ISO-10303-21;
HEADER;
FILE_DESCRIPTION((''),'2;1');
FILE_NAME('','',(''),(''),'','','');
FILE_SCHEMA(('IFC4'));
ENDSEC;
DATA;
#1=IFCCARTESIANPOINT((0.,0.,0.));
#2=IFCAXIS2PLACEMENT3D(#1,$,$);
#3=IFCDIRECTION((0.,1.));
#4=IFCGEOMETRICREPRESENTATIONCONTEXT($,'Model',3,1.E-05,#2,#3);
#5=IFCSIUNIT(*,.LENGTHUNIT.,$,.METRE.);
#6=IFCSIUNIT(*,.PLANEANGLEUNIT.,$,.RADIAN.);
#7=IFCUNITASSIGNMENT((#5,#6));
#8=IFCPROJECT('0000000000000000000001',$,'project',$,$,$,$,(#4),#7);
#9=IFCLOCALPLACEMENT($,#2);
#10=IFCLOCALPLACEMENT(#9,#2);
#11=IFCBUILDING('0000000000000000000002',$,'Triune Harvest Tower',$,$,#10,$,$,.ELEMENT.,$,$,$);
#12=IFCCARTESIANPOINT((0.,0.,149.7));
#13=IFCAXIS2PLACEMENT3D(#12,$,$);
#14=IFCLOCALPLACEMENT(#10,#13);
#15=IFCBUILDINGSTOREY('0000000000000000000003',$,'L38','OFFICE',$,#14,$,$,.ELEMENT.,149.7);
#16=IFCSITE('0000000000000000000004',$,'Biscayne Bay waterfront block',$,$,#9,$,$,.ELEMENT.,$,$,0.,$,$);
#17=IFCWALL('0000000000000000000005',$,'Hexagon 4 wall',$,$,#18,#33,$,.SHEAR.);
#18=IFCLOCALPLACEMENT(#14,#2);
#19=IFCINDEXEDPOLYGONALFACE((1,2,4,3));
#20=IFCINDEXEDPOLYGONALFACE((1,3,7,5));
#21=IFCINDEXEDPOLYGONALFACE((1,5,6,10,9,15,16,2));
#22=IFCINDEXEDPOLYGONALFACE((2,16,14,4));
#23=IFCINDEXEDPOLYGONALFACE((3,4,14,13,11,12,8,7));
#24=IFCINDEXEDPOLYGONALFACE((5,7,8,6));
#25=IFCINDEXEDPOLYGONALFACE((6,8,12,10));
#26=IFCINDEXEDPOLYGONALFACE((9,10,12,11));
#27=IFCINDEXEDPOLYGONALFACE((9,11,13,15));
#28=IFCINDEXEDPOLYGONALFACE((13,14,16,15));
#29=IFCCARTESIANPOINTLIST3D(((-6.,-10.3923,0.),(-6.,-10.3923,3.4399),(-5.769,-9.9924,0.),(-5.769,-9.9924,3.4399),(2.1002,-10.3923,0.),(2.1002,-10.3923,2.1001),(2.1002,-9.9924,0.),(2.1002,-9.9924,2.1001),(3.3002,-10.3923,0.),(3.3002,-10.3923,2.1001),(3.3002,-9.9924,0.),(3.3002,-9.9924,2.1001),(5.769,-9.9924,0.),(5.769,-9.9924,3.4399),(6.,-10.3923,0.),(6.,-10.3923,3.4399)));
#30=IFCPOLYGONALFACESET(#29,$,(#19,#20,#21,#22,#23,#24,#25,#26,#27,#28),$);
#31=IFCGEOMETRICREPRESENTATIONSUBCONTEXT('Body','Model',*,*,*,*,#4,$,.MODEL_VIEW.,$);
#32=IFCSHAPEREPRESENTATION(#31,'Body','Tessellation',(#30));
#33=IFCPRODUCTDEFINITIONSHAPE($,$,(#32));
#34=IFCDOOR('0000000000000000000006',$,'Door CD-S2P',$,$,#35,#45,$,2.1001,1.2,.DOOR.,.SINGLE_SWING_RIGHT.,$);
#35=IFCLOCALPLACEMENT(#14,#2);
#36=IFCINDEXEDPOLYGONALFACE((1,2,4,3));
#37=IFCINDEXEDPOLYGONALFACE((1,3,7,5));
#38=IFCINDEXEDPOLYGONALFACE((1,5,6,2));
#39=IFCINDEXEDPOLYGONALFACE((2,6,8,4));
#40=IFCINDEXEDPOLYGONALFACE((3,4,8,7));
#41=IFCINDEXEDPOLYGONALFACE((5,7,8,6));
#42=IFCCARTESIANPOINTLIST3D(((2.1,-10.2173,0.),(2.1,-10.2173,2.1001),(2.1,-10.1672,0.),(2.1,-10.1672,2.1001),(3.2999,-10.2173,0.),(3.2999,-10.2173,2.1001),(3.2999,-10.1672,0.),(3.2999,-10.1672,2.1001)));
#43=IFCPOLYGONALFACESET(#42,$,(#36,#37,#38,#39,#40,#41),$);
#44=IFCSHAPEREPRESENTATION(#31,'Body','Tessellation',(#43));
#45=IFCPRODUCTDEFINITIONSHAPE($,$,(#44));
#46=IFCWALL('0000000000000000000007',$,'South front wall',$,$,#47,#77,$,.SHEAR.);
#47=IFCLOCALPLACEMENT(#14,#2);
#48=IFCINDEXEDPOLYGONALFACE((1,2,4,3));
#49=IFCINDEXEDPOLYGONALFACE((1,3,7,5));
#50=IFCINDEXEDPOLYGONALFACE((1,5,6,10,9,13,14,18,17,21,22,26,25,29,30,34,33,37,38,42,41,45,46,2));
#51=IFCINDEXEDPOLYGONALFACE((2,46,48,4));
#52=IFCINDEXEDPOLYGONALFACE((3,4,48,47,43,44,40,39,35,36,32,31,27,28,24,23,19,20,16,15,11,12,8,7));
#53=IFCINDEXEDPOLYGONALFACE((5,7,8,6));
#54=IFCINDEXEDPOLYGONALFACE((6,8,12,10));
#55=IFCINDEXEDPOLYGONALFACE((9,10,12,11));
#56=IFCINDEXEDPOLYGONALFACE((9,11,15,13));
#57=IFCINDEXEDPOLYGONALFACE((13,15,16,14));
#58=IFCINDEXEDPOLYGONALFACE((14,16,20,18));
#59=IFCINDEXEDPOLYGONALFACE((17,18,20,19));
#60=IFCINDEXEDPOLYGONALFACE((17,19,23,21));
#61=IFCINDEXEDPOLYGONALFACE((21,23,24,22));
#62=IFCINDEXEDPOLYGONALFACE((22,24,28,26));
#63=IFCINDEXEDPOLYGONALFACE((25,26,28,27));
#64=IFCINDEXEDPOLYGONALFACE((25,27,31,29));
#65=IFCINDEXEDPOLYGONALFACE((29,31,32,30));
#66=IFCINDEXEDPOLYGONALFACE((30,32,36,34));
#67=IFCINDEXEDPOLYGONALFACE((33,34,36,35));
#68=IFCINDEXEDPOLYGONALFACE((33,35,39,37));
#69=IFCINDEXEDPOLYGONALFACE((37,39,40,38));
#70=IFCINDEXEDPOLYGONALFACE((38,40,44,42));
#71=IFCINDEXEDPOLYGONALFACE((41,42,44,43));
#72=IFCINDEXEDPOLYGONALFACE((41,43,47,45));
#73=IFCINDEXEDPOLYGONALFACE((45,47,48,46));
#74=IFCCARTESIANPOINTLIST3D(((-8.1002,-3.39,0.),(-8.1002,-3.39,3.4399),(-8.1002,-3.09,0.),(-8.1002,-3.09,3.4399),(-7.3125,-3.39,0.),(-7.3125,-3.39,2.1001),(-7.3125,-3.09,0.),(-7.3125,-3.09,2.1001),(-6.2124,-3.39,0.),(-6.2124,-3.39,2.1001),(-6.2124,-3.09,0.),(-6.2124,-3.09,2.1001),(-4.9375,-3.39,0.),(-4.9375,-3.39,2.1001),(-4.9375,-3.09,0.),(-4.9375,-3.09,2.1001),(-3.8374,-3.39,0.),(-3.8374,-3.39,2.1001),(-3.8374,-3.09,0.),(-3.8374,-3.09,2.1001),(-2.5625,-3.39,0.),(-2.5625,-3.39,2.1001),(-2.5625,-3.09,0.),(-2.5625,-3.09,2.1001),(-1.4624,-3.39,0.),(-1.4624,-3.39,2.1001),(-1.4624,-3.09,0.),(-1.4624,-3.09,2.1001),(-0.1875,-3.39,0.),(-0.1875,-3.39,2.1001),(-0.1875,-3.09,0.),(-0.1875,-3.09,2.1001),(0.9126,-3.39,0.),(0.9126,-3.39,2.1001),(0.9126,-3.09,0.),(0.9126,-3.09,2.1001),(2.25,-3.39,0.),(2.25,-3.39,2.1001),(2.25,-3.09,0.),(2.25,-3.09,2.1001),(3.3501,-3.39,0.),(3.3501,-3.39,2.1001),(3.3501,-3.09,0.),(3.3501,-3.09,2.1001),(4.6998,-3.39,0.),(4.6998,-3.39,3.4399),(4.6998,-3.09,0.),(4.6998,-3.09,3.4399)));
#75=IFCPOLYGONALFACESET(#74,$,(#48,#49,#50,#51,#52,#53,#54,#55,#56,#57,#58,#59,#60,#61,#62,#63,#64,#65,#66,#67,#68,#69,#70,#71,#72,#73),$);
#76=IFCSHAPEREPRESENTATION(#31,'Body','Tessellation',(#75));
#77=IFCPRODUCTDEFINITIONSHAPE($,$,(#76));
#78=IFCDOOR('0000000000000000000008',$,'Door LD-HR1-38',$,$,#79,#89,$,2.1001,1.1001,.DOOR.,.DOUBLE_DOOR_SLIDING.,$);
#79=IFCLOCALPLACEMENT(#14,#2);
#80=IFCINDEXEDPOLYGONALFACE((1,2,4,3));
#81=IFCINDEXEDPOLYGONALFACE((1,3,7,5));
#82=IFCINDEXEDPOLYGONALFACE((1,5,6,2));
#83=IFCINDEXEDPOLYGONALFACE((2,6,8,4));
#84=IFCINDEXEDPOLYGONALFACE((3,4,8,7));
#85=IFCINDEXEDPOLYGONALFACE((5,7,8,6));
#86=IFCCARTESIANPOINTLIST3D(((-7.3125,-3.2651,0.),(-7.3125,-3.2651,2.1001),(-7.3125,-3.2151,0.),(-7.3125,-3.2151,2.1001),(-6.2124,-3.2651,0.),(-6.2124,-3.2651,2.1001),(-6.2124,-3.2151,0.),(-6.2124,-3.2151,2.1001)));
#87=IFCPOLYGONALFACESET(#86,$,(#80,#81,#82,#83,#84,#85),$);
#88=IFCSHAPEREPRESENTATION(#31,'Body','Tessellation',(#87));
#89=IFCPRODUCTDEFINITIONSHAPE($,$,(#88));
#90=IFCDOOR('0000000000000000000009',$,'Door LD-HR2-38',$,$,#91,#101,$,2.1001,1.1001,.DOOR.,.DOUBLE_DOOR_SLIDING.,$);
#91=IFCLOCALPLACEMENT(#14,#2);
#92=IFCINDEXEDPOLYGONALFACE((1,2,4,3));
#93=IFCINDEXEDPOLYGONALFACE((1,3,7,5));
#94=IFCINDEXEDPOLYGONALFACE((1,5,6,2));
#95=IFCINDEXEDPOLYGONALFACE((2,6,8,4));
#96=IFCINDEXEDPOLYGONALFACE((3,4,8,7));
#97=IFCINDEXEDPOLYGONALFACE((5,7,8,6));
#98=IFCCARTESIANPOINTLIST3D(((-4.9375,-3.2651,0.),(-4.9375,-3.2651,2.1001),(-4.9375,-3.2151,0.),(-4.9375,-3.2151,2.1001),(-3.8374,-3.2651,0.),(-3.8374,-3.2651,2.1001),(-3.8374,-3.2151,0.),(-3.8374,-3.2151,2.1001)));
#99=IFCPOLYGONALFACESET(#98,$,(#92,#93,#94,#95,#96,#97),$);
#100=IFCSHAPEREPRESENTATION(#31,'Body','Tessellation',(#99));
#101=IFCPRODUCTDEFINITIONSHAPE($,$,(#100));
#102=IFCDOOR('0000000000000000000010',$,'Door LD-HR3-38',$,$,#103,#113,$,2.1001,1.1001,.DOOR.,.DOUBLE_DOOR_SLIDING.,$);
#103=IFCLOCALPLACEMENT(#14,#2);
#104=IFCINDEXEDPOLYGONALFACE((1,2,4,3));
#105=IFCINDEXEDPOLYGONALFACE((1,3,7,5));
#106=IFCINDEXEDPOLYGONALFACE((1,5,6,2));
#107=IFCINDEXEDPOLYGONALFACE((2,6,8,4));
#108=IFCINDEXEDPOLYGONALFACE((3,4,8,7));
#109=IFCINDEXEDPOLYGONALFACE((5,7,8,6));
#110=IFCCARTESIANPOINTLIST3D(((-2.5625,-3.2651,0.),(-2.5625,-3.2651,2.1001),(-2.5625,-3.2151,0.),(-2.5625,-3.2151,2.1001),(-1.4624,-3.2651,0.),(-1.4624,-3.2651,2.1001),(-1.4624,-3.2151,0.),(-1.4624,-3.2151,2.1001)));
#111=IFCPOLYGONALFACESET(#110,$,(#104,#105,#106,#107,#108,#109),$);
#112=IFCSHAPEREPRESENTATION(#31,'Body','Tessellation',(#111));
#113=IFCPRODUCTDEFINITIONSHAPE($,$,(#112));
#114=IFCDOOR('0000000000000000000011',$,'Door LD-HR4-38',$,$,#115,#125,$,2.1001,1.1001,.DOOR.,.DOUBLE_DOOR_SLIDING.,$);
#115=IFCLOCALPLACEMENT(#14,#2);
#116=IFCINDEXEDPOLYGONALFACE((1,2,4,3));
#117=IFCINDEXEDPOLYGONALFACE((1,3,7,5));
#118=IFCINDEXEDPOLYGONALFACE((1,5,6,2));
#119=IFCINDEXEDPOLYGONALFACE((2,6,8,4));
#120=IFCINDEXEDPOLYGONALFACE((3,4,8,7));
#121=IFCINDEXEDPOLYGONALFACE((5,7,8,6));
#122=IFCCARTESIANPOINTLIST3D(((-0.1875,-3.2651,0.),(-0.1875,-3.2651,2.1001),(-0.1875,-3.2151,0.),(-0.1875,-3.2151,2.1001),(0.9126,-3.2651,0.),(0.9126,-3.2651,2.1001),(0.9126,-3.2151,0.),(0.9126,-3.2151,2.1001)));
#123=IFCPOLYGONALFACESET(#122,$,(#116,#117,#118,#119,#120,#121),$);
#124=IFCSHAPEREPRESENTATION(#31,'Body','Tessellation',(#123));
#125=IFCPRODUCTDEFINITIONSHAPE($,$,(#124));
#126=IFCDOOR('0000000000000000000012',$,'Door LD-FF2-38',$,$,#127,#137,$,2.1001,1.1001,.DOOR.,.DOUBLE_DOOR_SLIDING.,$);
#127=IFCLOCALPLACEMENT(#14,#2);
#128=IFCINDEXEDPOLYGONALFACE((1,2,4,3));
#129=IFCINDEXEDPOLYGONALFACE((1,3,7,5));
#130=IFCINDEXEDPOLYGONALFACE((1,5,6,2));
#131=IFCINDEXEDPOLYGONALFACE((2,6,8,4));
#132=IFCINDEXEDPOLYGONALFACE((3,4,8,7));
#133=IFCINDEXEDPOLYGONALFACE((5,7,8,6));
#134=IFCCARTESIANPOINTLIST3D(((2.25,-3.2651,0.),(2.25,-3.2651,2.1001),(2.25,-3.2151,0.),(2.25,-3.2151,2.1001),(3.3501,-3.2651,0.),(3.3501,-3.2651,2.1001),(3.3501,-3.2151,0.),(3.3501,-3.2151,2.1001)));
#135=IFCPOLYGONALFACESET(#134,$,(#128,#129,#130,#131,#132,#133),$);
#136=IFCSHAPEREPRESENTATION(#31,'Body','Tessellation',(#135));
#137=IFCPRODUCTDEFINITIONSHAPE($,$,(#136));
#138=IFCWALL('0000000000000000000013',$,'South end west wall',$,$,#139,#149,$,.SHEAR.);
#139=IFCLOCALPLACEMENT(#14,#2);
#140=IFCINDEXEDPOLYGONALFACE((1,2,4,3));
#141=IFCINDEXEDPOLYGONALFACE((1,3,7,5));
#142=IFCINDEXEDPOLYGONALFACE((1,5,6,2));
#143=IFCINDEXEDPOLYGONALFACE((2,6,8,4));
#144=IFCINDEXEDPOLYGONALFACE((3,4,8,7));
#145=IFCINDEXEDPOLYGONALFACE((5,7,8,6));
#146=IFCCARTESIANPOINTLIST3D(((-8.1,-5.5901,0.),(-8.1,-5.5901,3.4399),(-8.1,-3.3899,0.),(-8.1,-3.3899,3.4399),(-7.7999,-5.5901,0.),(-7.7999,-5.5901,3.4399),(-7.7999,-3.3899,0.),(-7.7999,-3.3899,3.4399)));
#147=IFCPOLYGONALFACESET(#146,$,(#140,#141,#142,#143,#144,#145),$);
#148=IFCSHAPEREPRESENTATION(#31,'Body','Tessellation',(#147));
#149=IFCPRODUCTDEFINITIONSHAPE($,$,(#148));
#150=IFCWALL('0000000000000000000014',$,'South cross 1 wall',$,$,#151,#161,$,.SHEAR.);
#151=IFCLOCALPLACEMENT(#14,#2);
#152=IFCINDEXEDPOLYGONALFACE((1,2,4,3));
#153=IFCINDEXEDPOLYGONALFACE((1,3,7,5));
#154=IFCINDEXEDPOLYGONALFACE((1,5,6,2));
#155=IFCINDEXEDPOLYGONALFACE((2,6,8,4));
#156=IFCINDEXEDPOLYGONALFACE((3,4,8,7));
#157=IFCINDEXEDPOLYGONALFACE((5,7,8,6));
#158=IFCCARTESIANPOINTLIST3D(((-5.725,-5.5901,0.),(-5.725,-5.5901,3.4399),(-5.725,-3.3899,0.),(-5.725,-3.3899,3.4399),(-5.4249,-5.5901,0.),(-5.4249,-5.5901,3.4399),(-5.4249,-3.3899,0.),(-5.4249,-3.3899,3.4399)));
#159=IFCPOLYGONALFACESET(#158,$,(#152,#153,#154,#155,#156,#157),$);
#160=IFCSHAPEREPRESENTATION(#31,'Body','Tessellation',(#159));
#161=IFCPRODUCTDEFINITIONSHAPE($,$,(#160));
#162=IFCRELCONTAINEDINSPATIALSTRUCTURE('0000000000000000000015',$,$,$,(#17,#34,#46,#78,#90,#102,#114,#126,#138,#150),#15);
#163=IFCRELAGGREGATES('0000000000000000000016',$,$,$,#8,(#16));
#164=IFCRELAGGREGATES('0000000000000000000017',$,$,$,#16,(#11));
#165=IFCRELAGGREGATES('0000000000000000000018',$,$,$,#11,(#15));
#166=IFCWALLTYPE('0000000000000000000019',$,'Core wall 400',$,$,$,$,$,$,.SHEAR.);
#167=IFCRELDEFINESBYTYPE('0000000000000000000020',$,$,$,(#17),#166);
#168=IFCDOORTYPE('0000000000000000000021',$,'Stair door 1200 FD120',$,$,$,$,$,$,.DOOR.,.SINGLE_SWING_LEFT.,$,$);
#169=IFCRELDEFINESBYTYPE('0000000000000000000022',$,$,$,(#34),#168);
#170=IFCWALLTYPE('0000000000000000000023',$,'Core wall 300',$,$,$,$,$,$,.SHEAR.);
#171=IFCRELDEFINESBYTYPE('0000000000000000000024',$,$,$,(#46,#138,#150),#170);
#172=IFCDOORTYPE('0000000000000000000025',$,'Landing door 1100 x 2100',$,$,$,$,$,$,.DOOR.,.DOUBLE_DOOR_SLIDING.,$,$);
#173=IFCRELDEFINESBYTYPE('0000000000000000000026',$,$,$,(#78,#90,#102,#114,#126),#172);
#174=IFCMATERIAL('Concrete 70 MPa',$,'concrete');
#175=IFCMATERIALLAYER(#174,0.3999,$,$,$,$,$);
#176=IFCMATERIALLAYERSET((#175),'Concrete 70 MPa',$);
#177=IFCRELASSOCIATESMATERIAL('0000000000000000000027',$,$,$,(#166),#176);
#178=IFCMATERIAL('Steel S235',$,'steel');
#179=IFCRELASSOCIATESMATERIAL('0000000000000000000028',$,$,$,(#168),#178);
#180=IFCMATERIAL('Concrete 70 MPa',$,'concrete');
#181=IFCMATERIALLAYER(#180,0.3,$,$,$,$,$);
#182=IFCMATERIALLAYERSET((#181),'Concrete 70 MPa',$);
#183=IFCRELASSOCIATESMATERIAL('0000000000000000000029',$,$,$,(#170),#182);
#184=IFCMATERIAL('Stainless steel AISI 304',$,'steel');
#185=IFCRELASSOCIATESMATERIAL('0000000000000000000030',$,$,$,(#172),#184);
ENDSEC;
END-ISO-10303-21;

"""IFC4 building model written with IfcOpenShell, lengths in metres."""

from ifc_helpers import new_model, si_unit, direction, frame, frame_2d, origin, place, context, subcontext, project, spatial, polyline, rectangle, outline, extrude, source, transform, mapped, material, layer, layer_set, type_object, element, fill, save


model = new_model("IFC4")

# Units and contexts
model_context = context("Model", 3, precision=1e-05, world=origin(), true_north=direction((0.0, 1.0)))
body_context = subcontext(model_context, "Body", "Model", "MODEL_VIEW")
ifc_project = project(units=[si_unit("LENGTHUNIT", "METRE"), si_unit("PLANEANGLEUNIT", "RADIAN")], contexts=[model_context])

# Site, building, storey
site_placement = place(None, origin())
site = spatial("IfcSite", under=ifc_project, at=site_placement, Name="Biscayne Bay waterfront block", CompositionType="ELEMENT", RefElevation=0.0)
building_placement = place(site_placement, origin())
building = spatial("IfcBuilding", under=site, at=building_placement, Name="Triune Harvest Tower", CompositionType="ELEMENT")
storey_placement = place(building_placement, frame((0.0, 0.0, 149.7)))
storey = spatial("IfcBuildingStorey", under=building, at=storey_placement, Name="L38", Description="OFFICE", CompositionType="ELEMENT", Elevation=149.7)

# Wall, opening, door
ifc_material_1 = material(Name="Concrete 70 MPa", Category="concrete")
ifc_layer_1 = layer(ifc_material_1, 0.3999)
ifc_layer_set_1 = layer_set([ifc_layer_1], Name="Concrete 70 MPa")
wall_type_1 = type_object("IfcWallType", Name="Core wall 400", PredefinedType="SHEAR", material=ifc_layer_set_1)
shared_shape_1 = source(origin(), body_context, "Body", "SweptSolid", [
    extrude(outline(polyline([(-0.1155, -0.2), (11.8845, -0.2), (11.6536, 0.2), (0.1155, 0.2), (-0.1155, -0.2)])), origin(), (0.0, 0.0, 1.0), 3.4399),
])
wall_1_placement = place(storey_placement, frame((-5.8845, -10.1924, 0.0), z_axis=(0.0, 0.0, 1.0), x_axis=(1.0, 0.0, 0.0)))
wall_1 = element("IfcWall", 1, at=wall_1_placement, inside=storey, type_object=wall_type_1, Name="Hexagon 4 wall", PredefinedType="SHEAR", context=body_context, shape_type="MappedRepresentation", body=[
    mapped(shared_shape_1, transform((0.0, 0.0, 0.0), scale=1.0)),
])
opening_1_placement = place(wall_1_placement, frame((7.9846, 0.0, 0.0)))
opening_1 = element("IfcOpeningElement", 2, at=opening_1_placement, cuts=wall_1, PredefinedType="OPENING", context=body_context, shape_type="SweptSolid", body=[
    extrude(rectangle(XDim=1.2, YDim=2.1001, at=frame_2d((0.6001, 1.05))), frame((0.0, 0.21, 0.0), z_axis=(0.0, -1.0, 0.0), x_axis=(1.0, 0.0, 0.0)), (0.0, 0.0, 1.0), 0.4199),
])
ifc_material_2 = material(Name="Steel S235", Category="steel")
door_type_1 = type_object("IfcDoorType", Name="Stair door 1200 FD120", OperationType="SINGLE_SWING_LEFT", PredefinedType="DOOR", material=ifc_material_2)
door_1_placement = place(opening_1_placement, frame((1.2, 0.0, 0.0), z_axis=(0.0, 0.0, 1.0), x_axis=(-1.0, 0.0, 0.0)))
door_1 = element("IfcDoor", 3, at=door_1_placement, inside=storey, type_object=door_type_1, Name="Door CD-S2P", OperationType="SINGLE_SWING_RIGHT", OverallHeight=2.1001, OverallWidth=1.2, PredefinedType="DOOR", context=body_context, shape_type="SweptSolid", body=[
    extrude(rectangle(XDim=1.2, YDim=2.1001, at=frame_2d((0.6001, 1.05))), frame((0.0, 0.0249, 0.0), z_axis=(0.0, -1.0, 0.0), x_axis=(1.0, 0.0, 0.0)), (0.0, 0.0, 1.0), 0.05),
])
fill(opening_1, door_1)

# Wall, openings, doors
ifc_material_3 = material(Name="Concrete 70 MPa", Category="concrete")
ifc_layer_2 = layer(ifc_material_3, 0.3)
ifc_layer_set_2 = layer_set([ifc_layer_2], Name="Concrete 70 MPa")
wall_type_2 = type_object("IfcWallType", Name="Core wall 300", PredefinedType="SHEAR", material=ifc_layer_set_2)
shared_shape_2 = source(origin(), body_context, "Body", "SweptSolid", [
    extrude(rectangle(XDim=12.8, YDim=0.3, at=frame_2d((6.3999, 0.0))), origin(), (0.0, 0.0, 1.0), 3.4399),
])
wall_2_placement = place(storey_placement, frame((-8.1001, -3.24, 0.0), z_axis=(0.0, 0.0, 1.0), x_axis=(1.0, 0.0, 0.0)))
wall_2 = element("IfcWall", 4, at=wall_2_placement, inside=storey, type_object=wall_type_2, Name="South front wall", PredefinedType="SHEAR", context=body_context, shape_type="MappedRepresentation", body=[
    mapped(shared_shape_2, transform((0.0, 0.0, 0.0), scale=1.0)),
])
opening_2_placement = place(wall_2_placement, frame((0.7876, 0.0, 0.0)))
opening_2 = element("IfcOpeningElement", 5, at=opening_2_placement, cuts=wall_2, PredefinedType="OPENING", context=body_context, shape_type="SweptSolid", body=[
    extrude(rectangle(XDim=1.1001, YDim=2.1001, at=frame_2d((0.55, 1.05))), frame((0.0, 0.1602, 0.0), z_axis=(0.0, -1.0, 0.0), x_axis=(1.0, 0.0, 0.0)), (0.0, 0.0, 1.0), 0.3201),
])
opening_3_placement = place(wall_2_placement, frame((3.1626, 0.0, 0.0)))
opening_3 = element("IfcOpeningElement", 6, at=opening_3_placement, cuts=wall_2, PredefinedType="OPENING", context=body_context, shape_type="SweptSolid", body=[
    extrude(rectangle(XDim=1.1001, YDim=2.1001, at=frame_2d((0.55, 1.05))), frame((0.0, 0.1602, 0.0), z_axis=(0.0, -1.0, 0.0), x_axis=(1.0, 0.0, 0.0)), (0.0, 0.0, 1.0), 0.3201),
])
opening_4_placement = place(wall_2_placement, frame((5.5376, 0.0, 0.0)))
opening_4 = element("IfcOpeningElement", 7, at=opening_4_placement, cuts=wall_2, PredefinedType="OPENING", context=body_context, shape_type="SweptSolid", body=[
    extrude(rectangle(XDim=1.1001, YDim=2.1001, at=frame_2d((0.55, 1.05))), frame((0.0, 0.1602, 0.0), z_axis=(0.0, -1.0, 0.0), x_axis=(1.0, 0.0, 0.0)), (0.0, 0.0, 1.0), 0.3201),
])
opening_5_placement = place(wall_2_placement, frame((7.9126, 0.0, 0.0)))
opening_5 = element("IfcOpeningElement", 8, at=opening_5_placement, cuts=wall_2, PredefinedType="OPENING", context=body_context, shape_type="SweptSolid", body=[
    extrude(rectangle(XDim=1.1001, YDim=2.1001, at=frame_2d((0.55, 1.05))), frame((0.0, 0.1602, 0.0), z_axis=(0.0, -1.0, 0.0), x_axis=(1.0, 0.0, 0.0)), (0.0, 0.0, 1.0), 0.3201),
])
opening_6_placement = place(wall_2_placement, frame((10.3501, 0.0, 0.0)))
opening_6 = element("IfcOpeningElement", 9, at=opening_6_placement, cuts=wall_2, PredefinedType="OPENING", context=body_context, shape_type="SweptSolid", body=[
    extrude(rectangle(XDim=1.1001, YDim=2.1001, at=frame_2d((0.55, 1.05))), frame((0.0, 0.1602, 0.0), z_axis=(0.0, -1.0, 0.0), x_axis=(1.0, 0.0, 0.0)), (0.0, 0.0, 1.0), 0.3201),
])
ifc_material_4 = material(Name="Stainless steel AISI 304", Category="steel")
door_type_2 = type_object("IfcDoorType", Name="Landing door 1100 x 2100", OperationType="DOUBLE_DOOR_SLIDING", PredefinedType="DOOR", material=ifc_material_4)
door_2_placement = place(opening_2_placement, origin())
door_2 = element("IfcDoor", 10, at=door_2_placement, inside=storey, type_object=door_type_2, Name="Door LD-HR1-38", OperationType="DOUBLE_DOOR_SLIDING", OverallHeight=2.1001, OverallWidth=1.1001, PredefinedType="DOOR", context=body_context, shape_type="SweptSolid", body=[
    extrude(rectangle(XDim=1.1001, YDim=2.1001, at=frame_2d((0.55, 1.05))), frame((0.0, 0.0249, 0.0), z_axis=(0.0, -1.0, 0.0), x_axis=(1.0, 0.0, 0.0)), (0.0, 0.0, 1.0), 0.05),
])
fill(opening_2, door_2)
door_3_placement = place(opening_3_placement, origin())
door_3 = element("IfcDoor", 11, at=door_3_placement, inside=storey, type_object=door_type_2, Name="Door LD-HR2-38", OperationType="DOUBLE_DOOR_SLIDING", OverallHeight=2.1001, OverallWidth=1.1001, PredefinedType="DOOR", context=body_context, shape_type="SweptSolid", body=[
    extrude(rectangle(XDim=1.1001, YDim=2.1001, at=frame_2d((0.55, 1.05))), frame((0.0, 0.0249, 0.0), z_axis=(0.0, -1.0, 0.0), x_axis=(1.0, 0.0, 0.0)), (0.0, 0.0, 1.0), 0.05),
])
fill(opening_3, door_3)
door_4_placement = place(opening_4_placement, origin())
door_4 = element("IfcDoor", 12, at=door_4_placement, inside=storey, type_object=door_type_2, Name="Door LD-HR3-38", OperationType="DOUBLE_DOOR_SLIDING", OverallHeight=2.1001, OverallWidth=1.1001, PredefinedType="DOOR", context=body_context, shape_type="SweptSolid", body=[
    extrude(rectangle(XDim=1.1001, YDim=2.1001, at=frame_2d((0.55, 1.05))), frame((0.0, 0.0249, 0.0), z_axis=(0.0, -1.0, 0.0), x_axis=(1.0, 0.0, 0.0)), (0.0, 0.0, 1.0), 0.05),
])
fill(opening_4, door_4)
door_5_placement = place(opening_5_placement, origin())
door_5 = element("IfcDoor", 13, at=door_5_placement, inside=storey, type_object=door_type_2, Name="Door LD-HR4-38", OperationType="DOUBLE_DOOR_SLIDING", OverallHeight=2.1001, OverallWidth=1.1001, PredefinedType="DOOR", context=body_context, shape_type="SweptSolid", body=[
    extrude(rectangle(XDim=1.1001, YDim=2.1001, at=frame_2d((0.55, 1.05))), frame((0.0, 0.0249, 0.0), z_axis=(0.0, -1.0, 0.0), x_axis=(1.0, 0.0, 0.0)), (0.0, 0.0, 1.0), 0.05),
])
fill(opening_5, door_5)
door_6_placement = place(opening_6_placement, origin())
door_6 = element("IfcDoor", 14, at=door_6_placement, inside=storey, type_object=door_type_2, Name="Door LD-FF2-38", OperationType="DOUBLE_DOOR_SLIDING", OverallHeight=2.1001, OverallWidth=1.1001, PredefinedType="DOOR", context=body_context, shape_type="SweptSolid", body=[
    extrude(rectangle(XDim=1.1001, YDim=2.1001, at=frame_2d((0.55, 1.05))), frame((0.0, 0.0249, 0.0), z_axis=(0.0, -1.0, 0.0), x_axis=(1.0, 0.0, 0.0)), (0.0, 0.0, 1.0), 0.05),
])
fill(opening_6, door_6)

# Walls
shared_shape_3 = source(origin(), body_context, "Body", "SweptSolid", [
    extrude(rectangle(XDim=2.2002, YDim=0.3, at=frame_2d((1.1001, 0.0))), origin(), (0.0, 0.0, 1.0), 3.4399),
])
for number, where, z_axis, x_axis, name in (
    (15, (-7.95, -5.5901, 0.0), (0.0, 0.0, 1.0), (0.0, 1.0, 0.0), "South end west wall"),
    (16, (-5.575, -5.5901, 0.0), (0.0, 0.0, 1.0), (0.0, 1.0, 0.0), "South cross 1 wall"),
):
    element("IfcWall", number, at=place(storey_placement, frame(where, z_axis=z_axis, x_axis=x_axis)), inside=storey, type_object=wall_type_2, Name=name, PredefinedType="SHEAR", context=body_context, shape_type="MappedRepresentation", body=[
        mapped(shared_shape_3, transform((0.0, 0.0, 0.0), scale=1.0)),
    ])

save(model, "model.ifc")
